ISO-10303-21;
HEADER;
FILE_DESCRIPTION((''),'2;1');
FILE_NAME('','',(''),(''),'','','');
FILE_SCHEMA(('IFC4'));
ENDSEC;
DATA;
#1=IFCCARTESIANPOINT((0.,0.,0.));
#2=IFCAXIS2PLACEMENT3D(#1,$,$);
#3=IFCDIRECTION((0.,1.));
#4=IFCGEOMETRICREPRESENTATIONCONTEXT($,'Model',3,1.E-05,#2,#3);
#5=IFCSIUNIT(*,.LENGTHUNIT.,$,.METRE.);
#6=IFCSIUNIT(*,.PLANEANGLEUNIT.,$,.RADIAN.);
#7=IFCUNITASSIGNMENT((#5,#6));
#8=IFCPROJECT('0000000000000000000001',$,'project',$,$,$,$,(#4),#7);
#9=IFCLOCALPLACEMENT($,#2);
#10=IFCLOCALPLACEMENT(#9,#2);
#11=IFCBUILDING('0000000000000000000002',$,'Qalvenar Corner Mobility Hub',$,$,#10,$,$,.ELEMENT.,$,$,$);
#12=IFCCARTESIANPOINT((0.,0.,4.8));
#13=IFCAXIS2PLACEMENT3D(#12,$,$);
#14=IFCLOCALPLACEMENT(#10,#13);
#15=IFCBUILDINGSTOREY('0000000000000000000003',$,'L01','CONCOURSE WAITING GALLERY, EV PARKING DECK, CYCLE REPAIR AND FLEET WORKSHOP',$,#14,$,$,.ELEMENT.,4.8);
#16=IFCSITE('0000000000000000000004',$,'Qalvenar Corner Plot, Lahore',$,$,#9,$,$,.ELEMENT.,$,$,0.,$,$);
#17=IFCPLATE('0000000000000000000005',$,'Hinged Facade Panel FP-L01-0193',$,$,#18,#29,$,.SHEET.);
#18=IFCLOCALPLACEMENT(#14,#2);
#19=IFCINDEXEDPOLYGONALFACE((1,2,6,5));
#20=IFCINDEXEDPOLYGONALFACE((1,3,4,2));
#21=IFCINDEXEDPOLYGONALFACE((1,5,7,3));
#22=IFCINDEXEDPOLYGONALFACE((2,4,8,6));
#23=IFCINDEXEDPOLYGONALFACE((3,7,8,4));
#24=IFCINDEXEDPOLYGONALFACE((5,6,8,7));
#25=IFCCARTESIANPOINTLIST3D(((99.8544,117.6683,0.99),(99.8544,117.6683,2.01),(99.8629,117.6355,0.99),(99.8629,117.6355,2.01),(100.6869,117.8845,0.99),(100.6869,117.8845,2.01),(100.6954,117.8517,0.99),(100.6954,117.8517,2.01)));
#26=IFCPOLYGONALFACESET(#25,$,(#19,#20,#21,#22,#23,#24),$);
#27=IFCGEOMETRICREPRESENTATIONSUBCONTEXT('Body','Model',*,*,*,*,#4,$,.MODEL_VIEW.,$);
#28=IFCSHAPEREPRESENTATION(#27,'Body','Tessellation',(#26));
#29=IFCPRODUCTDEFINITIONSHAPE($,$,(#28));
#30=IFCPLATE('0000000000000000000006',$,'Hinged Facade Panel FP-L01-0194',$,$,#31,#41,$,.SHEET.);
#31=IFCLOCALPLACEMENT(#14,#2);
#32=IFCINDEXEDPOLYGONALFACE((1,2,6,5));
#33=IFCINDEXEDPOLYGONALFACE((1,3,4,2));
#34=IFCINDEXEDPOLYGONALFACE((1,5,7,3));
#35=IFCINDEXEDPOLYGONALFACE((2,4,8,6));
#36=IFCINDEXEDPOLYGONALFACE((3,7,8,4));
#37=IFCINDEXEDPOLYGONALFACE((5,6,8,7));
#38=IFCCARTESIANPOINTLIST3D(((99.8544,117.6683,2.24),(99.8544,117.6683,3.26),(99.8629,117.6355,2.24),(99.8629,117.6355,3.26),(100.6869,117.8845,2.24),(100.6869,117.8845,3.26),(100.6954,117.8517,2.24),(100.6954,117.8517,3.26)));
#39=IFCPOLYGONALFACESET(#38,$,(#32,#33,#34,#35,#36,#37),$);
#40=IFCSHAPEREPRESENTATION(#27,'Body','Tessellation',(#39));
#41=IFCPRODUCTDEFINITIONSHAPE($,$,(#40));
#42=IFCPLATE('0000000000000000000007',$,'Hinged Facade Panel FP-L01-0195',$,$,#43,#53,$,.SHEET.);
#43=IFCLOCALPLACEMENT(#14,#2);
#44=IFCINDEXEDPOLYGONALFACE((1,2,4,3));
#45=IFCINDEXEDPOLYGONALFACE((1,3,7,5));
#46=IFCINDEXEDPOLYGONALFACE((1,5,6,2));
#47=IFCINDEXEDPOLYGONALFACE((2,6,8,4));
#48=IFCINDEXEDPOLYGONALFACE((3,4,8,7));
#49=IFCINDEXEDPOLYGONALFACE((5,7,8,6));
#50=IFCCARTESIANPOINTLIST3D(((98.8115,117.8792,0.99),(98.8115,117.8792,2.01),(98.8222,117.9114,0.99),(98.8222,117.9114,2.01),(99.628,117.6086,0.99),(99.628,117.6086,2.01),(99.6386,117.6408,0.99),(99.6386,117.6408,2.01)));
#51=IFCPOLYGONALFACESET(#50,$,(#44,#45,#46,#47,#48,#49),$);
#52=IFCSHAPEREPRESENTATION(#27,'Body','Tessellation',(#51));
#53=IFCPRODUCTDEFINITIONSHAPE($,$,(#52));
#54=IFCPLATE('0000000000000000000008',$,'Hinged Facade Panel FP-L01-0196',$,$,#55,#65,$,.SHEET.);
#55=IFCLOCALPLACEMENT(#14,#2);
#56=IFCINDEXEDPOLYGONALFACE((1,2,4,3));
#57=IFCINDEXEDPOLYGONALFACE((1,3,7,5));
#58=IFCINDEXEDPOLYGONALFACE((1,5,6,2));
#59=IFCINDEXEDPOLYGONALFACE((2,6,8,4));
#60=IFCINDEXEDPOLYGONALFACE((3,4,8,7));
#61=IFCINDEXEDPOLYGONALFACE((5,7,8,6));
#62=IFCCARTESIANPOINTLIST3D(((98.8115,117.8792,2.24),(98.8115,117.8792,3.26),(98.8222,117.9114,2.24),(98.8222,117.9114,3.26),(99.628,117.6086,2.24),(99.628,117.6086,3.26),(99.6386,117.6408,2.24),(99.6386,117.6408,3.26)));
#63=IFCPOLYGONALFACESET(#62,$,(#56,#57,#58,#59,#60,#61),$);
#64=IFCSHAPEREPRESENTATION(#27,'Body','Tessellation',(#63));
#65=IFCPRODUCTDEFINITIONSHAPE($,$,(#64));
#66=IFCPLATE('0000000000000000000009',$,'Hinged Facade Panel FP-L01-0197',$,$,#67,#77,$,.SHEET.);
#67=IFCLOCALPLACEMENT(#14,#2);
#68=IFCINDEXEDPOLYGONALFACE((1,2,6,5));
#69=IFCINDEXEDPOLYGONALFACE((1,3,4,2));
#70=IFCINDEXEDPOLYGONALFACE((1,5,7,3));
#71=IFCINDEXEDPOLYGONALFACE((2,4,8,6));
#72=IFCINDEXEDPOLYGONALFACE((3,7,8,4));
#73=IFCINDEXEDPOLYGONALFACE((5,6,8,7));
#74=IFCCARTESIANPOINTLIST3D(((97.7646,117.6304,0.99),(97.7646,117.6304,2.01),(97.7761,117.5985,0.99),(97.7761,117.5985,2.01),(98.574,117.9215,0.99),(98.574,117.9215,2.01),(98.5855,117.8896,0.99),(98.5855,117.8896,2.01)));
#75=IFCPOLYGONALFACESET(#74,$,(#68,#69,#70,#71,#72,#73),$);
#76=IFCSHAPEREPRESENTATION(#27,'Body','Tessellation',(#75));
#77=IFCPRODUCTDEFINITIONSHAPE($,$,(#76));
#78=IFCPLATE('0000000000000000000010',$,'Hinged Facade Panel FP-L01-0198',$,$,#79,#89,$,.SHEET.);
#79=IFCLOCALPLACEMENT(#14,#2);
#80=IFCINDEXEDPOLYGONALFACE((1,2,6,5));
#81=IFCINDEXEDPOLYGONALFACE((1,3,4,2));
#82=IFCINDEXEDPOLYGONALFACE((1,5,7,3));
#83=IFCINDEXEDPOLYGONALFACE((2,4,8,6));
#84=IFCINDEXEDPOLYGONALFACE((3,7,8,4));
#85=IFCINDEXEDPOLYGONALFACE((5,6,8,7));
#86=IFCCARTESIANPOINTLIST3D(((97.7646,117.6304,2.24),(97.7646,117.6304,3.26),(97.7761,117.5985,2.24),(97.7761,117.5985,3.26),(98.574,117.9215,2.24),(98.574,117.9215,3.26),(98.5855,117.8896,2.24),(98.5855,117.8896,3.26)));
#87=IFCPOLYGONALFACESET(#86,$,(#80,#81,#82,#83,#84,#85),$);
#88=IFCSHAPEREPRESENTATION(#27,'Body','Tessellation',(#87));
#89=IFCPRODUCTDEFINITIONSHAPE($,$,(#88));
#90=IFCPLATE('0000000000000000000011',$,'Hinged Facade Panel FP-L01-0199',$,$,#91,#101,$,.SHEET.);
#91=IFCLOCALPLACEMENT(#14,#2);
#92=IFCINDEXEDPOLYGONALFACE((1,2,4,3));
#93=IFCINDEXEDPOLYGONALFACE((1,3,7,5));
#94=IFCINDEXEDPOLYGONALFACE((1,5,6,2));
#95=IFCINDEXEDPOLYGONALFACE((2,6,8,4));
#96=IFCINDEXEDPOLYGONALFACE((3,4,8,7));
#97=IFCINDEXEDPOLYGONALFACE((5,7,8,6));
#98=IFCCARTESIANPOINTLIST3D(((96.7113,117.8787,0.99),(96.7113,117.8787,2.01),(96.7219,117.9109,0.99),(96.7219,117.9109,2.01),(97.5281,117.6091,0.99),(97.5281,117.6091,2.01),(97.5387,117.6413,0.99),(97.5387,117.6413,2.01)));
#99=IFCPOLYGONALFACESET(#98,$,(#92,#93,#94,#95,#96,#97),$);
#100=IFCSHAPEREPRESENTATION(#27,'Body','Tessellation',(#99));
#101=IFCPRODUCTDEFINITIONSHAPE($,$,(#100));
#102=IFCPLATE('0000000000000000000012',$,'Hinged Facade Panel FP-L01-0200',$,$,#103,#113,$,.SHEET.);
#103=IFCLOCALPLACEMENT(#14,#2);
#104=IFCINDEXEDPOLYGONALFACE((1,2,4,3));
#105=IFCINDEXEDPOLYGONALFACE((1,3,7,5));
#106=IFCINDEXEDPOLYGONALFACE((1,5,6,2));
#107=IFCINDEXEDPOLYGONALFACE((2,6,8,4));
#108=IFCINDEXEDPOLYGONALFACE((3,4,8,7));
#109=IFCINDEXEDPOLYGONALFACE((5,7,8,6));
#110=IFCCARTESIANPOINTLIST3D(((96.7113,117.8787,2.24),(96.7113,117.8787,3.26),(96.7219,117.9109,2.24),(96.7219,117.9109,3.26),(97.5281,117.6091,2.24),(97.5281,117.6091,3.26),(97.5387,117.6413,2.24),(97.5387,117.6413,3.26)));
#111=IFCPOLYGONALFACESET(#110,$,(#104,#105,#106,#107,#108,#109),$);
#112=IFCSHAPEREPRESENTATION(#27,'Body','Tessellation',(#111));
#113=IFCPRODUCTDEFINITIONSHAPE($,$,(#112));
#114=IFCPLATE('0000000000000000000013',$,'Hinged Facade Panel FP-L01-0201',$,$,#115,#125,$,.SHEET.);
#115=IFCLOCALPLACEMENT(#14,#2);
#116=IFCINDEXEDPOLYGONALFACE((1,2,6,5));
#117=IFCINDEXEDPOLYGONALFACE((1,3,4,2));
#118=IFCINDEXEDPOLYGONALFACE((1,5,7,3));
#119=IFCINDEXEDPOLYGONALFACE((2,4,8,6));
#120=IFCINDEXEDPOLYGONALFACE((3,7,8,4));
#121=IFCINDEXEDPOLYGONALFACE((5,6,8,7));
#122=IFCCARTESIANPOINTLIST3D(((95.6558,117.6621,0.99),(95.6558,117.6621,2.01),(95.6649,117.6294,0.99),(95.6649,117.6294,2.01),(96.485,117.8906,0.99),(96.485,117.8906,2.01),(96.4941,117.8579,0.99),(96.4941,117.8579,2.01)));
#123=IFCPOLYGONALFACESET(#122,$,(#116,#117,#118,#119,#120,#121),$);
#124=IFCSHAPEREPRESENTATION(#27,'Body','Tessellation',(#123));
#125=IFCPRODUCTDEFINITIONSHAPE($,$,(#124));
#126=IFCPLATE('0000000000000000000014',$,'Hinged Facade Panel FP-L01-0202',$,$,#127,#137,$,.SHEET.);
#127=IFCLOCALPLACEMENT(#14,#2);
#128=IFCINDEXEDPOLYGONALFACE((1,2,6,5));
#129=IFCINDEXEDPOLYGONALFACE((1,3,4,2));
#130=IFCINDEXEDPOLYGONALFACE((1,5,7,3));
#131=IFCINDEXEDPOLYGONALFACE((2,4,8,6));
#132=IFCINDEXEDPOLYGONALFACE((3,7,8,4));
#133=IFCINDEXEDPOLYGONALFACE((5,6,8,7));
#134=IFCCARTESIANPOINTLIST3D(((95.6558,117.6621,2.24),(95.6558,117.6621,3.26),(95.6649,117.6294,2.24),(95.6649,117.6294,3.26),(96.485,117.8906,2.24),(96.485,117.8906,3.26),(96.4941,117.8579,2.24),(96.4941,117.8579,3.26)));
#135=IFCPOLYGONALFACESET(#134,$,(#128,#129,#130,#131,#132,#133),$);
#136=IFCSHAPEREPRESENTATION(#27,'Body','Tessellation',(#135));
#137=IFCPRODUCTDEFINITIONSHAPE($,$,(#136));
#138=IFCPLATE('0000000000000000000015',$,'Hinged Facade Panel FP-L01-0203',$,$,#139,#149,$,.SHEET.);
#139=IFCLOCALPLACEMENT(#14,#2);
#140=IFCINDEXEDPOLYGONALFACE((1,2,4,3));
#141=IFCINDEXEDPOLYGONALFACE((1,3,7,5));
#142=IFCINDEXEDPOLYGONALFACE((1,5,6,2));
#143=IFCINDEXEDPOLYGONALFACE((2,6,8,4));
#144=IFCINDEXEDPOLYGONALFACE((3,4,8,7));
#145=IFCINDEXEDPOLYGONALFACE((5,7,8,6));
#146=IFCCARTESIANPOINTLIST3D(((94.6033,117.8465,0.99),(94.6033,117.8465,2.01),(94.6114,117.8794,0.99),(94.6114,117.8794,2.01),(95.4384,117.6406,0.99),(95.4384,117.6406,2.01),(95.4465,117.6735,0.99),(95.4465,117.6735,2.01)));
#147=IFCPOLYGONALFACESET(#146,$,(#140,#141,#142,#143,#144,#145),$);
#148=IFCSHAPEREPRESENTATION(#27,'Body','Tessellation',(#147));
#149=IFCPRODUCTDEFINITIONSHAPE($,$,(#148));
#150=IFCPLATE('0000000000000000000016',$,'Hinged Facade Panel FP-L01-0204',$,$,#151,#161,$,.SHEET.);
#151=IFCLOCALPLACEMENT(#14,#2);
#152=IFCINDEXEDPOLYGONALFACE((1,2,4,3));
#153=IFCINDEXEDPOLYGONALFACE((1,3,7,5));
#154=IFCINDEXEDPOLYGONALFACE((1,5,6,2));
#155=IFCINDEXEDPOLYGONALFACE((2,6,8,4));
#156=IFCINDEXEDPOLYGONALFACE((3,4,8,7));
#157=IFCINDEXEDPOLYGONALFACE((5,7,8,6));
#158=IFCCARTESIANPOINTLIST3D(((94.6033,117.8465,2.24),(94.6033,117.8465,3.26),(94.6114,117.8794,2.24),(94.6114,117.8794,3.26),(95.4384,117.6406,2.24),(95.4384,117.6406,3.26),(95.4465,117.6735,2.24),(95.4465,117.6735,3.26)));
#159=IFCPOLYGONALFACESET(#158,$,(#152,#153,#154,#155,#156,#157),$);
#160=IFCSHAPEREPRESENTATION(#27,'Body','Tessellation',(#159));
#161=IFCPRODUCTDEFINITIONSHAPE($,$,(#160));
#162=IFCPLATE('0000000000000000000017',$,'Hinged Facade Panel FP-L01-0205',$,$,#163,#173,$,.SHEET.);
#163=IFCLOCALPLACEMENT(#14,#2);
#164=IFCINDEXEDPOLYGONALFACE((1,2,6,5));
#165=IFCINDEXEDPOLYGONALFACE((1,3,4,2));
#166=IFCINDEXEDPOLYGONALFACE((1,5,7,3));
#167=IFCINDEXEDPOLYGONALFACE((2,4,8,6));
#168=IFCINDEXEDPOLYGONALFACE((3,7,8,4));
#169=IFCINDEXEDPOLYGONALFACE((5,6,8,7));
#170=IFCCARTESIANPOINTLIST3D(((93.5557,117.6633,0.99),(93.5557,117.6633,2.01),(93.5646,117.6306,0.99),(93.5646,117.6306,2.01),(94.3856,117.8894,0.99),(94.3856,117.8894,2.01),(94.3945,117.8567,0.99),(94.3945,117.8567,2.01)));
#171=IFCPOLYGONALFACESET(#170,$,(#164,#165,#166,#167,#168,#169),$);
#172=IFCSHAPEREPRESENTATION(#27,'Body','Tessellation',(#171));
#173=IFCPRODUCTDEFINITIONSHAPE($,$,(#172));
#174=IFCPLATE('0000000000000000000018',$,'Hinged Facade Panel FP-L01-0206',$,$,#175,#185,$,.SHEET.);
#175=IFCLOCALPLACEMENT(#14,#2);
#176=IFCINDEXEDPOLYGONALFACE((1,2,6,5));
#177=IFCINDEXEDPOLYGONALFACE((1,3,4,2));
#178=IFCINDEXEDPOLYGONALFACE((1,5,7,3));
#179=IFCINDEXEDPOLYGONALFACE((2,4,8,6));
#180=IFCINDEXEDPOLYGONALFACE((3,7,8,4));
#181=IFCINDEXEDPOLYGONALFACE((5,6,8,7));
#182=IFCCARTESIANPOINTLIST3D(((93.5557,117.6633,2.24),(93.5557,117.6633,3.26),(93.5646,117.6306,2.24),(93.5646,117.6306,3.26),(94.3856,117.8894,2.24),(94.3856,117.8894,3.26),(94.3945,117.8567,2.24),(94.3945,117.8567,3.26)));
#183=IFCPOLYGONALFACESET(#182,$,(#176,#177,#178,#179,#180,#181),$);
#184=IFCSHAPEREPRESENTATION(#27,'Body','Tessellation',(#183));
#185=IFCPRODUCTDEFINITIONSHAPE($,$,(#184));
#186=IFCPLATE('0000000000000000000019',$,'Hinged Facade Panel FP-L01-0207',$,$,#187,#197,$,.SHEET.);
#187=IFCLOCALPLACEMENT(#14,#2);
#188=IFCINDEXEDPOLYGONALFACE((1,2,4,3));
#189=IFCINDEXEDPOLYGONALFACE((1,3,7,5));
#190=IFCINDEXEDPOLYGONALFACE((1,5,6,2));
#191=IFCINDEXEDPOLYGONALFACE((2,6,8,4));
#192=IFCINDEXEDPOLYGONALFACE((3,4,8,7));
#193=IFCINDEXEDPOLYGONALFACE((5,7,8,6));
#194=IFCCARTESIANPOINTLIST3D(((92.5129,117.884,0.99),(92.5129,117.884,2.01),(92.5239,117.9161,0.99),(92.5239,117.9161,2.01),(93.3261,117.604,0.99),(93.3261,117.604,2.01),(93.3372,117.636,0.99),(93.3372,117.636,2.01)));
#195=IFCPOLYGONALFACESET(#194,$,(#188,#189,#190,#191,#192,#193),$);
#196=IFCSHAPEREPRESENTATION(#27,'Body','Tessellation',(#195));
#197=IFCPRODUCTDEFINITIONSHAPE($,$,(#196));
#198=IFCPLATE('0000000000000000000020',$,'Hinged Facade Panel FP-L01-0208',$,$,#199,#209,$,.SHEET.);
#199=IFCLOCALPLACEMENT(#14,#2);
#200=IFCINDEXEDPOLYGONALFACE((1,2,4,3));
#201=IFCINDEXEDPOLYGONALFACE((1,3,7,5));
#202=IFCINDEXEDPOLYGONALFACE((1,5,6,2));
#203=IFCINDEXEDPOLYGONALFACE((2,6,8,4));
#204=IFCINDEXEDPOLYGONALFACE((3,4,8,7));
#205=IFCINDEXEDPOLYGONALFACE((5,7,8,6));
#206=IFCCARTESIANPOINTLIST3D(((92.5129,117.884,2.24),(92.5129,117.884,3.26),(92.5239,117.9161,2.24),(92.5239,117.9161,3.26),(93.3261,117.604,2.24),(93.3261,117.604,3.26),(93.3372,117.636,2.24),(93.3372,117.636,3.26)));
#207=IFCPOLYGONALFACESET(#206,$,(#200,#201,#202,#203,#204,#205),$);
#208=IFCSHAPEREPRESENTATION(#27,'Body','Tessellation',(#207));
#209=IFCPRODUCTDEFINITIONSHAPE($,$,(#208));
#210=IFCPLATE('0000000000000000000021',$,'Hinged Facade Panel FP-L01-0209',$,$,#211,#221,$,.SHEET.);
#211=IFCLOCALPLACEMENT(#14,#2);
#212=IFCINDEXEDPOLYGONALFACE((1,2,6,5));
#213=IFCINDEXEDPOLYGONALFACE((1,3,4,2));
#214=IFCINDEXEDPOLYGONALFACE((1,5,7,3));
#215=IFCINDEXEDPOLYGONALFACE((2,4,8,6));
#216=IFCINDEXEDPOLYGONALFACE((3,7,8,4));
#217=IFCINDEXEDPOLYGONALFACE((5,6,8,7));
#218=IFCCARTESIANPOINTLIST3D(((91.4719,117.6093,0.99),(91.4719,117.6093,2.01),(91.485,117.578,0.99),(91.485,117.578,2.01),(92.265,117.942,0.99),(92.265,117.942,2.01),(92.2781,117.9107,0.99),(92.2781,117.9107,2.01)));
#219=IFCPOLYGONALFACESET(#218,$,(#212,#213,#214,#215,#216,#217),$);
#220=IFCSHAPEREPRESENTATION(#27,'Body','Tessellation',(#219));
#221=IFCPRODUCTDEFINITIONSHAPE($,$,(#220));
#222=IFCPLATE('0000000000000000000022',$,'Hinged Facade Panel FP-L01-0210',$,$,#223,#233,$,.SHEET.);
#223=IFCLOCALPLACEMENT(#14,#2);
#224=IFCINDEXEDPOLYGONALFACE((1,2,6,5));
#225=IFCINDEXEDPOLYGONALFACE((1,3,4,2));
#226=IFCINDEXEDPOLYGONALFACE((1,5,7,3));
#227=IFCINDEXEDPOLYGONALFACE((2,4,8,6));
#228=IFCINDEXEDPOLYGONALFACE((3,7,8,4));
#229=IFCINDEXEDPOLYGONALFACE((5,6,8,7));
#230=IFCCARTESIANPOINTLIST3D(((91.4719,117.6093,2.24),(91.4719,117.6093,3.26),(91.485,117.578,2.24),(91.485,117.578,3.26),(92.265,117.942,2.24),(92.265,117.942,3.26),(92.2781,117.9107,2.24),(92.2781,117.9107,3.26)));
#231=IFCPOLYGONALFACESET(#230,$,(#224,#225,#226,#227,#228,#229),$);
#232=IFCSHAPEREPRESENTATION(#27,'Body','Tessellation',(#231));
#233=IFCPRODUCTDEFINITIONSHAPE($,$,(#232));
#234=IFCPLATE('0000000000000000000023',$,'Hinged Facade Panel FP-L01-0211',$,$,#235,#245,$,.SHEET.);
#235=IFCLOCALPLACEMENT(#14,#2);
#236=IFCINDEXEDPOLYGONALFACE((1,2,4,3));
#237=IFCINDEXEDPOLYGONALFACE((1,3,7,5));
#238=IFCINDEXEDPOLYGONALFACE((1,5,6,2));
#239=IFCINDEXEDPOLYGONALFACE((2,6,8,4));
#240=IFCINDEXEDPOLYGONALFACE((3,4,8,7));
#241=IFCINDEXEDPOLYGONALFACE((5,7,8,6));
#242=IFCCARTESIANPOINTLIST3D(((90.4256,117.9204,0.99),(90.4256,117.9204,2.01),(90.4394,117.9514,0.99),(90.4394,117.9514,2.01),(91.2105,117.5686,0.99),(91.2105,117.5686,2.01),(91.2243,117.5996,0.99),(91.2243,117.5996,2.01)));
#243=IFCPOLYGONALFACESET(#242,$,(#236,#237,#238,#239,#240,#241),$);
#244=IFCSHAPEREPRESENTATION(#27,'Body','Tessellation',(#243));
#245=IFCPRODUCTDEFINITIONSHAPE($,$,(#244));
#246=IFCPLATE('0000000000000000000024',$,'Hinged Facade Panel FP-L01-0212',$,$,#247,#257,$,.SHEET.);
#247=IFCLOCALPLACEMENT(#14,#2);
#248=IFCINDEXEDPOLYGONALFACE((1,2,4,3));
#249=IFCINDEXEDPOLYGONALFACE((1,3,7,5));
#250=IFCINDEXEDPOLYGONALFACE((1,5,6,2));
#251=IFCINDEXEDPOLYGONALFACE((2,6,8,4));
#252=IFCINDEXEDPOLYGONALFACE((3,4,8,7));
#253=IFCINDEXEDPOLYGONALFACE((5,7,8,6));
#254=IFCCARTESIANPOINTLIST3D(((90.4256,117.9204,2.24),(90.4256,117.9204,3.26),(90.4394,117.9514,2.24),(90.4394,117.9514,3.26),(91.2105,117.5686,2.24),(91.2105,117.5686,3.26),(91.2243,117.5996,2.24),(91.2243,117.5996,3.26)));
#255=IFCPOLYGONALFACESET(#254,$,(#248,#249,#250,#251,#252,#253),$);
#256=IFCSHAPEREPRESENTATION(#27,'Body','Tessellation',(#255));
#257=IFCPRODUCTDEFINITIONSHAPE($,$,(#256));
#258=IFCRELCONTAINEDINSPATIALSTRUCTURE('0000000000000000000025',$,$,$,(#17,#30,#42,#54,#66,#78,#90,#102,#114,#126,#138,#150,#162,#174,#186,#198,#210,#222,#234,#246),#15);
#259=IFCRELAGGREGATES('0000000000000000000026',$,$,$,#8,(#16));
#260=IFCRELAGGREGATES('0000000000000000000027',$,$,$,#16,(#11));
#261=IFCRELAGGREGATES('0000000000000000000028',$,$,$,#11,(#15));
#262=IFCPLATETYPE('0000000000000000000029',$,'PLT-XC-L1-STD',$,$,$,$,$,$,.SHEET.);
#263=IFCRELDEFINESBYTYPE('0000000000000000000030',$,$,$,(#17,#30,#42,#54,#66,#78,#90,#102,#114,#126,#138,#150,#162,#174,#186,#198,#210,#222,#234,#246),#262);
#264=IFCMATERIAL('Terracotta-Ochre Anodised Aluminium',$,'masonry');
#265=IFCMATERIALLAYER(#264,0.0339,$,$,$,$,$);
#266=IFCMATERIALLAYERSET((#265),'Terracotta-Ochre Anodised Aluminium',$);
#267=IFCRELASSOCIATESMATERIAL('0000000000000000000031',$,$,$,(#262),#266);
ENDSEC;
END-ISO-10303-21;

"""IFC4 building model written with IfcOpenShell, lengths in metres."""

from ifc_helpers import new_model, si_unit, direction, frame, origin, origin_2d, place, context, subcontext, project, spatial, rectangle, extrude, material, layer, layer_set, type_object, element, save


model = new_model("IFC4")

# Units and contexts
model_context = context("Model", 3, precision=1e-05, world=origin(), true_north=direction((0.0, 1.0)))
body_context = subcontext(model_context, "Body", "Model", "MODEL_VIEW")
ifc_project = project(units=[si_unit("LENGTHUNIT", "METRE"), si_unit("PLANEANGLEUNIT", "RADIAN")], contexts=[model_context])

# Site, building, storey
site_placement = place(None, origin())
site = spatial("IfcSite", under=ifc_project, at=site_placement, Name="Qalvenar Corner Plot, Lahore", CompositionType="ELEMENT", RefElevation=0.0)
building_placement = place(site_placement, origin())
building = spatial("IfcBuilding", under=site, at=building_placement, Name="Qalvenar Corner Mobility Hub", CompositionType="ELEMENT")
storey_placement = place(building_placement, frame((0.0, 0.0, 4.8)))
storey = spatial("IfcBuildingStorey", under=building, at=storey_placement, Name="L01", Description="CONCOURSE WAITING GALLERY, EV PARKING DECK, CYCLE REPAIR AND FLEET WORKSHOP", CompositionType="ELEMENT", Elevation=4.8)

# Plates
ifc_material_1 = material(Name="Terracotta-Ochre Anodised Aluminium", Category="masonry")
ifc_layer = layer(ifc_material_1, 0.0339)
ifc_layer_set = layer_set([ifc_layer], Name="Terracotta-Ochre Anodised Aluminium")
plate_type = type_object("IfcPlateType", Name="PLT-XC-L1-STD", PredefinedType="SHEET", material=ifc_layer_set)
for number, where, z_axis, x_axis, name in (
    (1, (100.2749, 117.76, 0.99), (0.0, 0.0, 1.0), (-0.967885, -0.251394, 0.0), "Hinged Facade Panel FP-L01-0193"),
    (2, (100.2749, 117.76, 2.24), (0.0, 0.0, 1.0), (-0.967885, -0.251394, 0.0), "Hinged Facade Panel FP-L01-0194"),
    (3, (99.2251, 117.76, 0.99), (0.0, 0.0, 1.0), (-0.949206, 0.314655, 0.0), "Hinged Facade Panel FP-L01-0195"),
    (4, (99.2251, 117.76, 2.24), (0.0, 0.0, 1.0), (-0.949206, 0.314655, 0.0), "Hinged Facade Panel FP-L01-0196"),
    (5, (98.175, 117.76, 0.99), (0.0, 0.0, 1.0), (-0.940999, -0.338409, 0.0), "Hinged Facade Panel FP-L01-0197"),
    (6, (98.175, 117.76, 2.24), (0.0, 0.0, 1.0), (-0.940999, -0.338409, 0.0), "Hinged Facade Panel FP-L01-0198"),
    (7, (97.125, 117.76, 0.99), (0.0, 0.0, 1.0), (-0.94959, 0.313495, 0.0), "Hinged Facade Panel FP-L01-0199"),
    (8, (97.125, 117.76, 2.24), (0.0, 0.0, 1.0), (-0.94959, 0.313495, 0.0), "Hinged Facade Panel FP-L01-0200"),
    (9, (96.075, 117.76, 0.99), (0.0, 0.0, 1.0), (-0.964049, -0.265724, 0.0), "Hinged Facade Panel FP-L01-0201"),
    (10, (96.075, 117.76, 2.24), (0.0, 0.0, 1.0), (-0.964049, -0.265724, 0.0), "Hinged Facade Panel FP-L01-0202"),
    (11, (95.0249, 117.76, 0.99), (0.0, 0.0, 1.0), (-0.970926, 0.239381, 0.0), "Hinged Facade Panel FP-L01-0203"),
    (12, (95.0249, 117.76, 2.24), (0.0, 0.0, 1.0), (-0.970926, 0.239381, 0.0), "Hinged Facade Panel FP-L01-0204"),
    (13, (93.9751, 117.76, 0.99), (0.0, 0.0, 1.0), (-0.964833, -0.262863, 0.0), "Hinged Facade Panel FP-L01-0205"),
    (14, (93.9751, 117.76, 2.24), (0.0, 0.0, 1.0), (-0.964833, -0.262863, 0.0), "Hinged Facade Panel FP-L01-0206"),
    (15, (92.925, 117.76, 0.99), (0.0, 0.0, 1.0), (-0.945519, 0.325568, 0.0), "Hinged Facade Panel FP-L01-0207"),
    (16, (92.925, 117.76, 2.24), (0.0, 0.0, 1.0), (-0.945519, 0.325568, 0.0), "Hinged Facade Panel FP-L01-0208"),
    (17, (91.875, 117.76, 0.99), (0.0, 0.0, 1.0), (-0.922133, -0.386872, 0.0), "Hinged Facade Panel FP-L01-0209"),
    (18, (91.875, 117.76, 2.24), (0.0, 0.0, 1.0), (-0.922133, -0.386872, 0.0), "Hinged Facade Panel FP-L01-0210"),
    (19, (90.825, 117.76, 0.99), (0.0, 0.0, 1.0), (-0.912549, 0.408968, 0.0), "Hinged Facade Panel FP-L01-0211"),
    (20, (90.825, 117.76, 2.24), (0.0, 0.0, 1.0), (-0.912549, 0.408968, 0.0), "Hinged Facade Panel FP-L01-0212"),
):
    element("IfcPlate", number, at=place(storey_placement, frame(where, z_axis=z_axis, x_axis=x_axis)), inside=storey, type_object=plate_type, Name=name, PredefinedType="SHEET", context=body_context, shape_type="SweptSolid", body=[
        extrude(rectangle(XDim=0.8601, YDim=0.0339, at=origin_2d()), origin(), (0.0, 0.0, 1.0), 1.02),
    ])

save(model, "model.ifc")
